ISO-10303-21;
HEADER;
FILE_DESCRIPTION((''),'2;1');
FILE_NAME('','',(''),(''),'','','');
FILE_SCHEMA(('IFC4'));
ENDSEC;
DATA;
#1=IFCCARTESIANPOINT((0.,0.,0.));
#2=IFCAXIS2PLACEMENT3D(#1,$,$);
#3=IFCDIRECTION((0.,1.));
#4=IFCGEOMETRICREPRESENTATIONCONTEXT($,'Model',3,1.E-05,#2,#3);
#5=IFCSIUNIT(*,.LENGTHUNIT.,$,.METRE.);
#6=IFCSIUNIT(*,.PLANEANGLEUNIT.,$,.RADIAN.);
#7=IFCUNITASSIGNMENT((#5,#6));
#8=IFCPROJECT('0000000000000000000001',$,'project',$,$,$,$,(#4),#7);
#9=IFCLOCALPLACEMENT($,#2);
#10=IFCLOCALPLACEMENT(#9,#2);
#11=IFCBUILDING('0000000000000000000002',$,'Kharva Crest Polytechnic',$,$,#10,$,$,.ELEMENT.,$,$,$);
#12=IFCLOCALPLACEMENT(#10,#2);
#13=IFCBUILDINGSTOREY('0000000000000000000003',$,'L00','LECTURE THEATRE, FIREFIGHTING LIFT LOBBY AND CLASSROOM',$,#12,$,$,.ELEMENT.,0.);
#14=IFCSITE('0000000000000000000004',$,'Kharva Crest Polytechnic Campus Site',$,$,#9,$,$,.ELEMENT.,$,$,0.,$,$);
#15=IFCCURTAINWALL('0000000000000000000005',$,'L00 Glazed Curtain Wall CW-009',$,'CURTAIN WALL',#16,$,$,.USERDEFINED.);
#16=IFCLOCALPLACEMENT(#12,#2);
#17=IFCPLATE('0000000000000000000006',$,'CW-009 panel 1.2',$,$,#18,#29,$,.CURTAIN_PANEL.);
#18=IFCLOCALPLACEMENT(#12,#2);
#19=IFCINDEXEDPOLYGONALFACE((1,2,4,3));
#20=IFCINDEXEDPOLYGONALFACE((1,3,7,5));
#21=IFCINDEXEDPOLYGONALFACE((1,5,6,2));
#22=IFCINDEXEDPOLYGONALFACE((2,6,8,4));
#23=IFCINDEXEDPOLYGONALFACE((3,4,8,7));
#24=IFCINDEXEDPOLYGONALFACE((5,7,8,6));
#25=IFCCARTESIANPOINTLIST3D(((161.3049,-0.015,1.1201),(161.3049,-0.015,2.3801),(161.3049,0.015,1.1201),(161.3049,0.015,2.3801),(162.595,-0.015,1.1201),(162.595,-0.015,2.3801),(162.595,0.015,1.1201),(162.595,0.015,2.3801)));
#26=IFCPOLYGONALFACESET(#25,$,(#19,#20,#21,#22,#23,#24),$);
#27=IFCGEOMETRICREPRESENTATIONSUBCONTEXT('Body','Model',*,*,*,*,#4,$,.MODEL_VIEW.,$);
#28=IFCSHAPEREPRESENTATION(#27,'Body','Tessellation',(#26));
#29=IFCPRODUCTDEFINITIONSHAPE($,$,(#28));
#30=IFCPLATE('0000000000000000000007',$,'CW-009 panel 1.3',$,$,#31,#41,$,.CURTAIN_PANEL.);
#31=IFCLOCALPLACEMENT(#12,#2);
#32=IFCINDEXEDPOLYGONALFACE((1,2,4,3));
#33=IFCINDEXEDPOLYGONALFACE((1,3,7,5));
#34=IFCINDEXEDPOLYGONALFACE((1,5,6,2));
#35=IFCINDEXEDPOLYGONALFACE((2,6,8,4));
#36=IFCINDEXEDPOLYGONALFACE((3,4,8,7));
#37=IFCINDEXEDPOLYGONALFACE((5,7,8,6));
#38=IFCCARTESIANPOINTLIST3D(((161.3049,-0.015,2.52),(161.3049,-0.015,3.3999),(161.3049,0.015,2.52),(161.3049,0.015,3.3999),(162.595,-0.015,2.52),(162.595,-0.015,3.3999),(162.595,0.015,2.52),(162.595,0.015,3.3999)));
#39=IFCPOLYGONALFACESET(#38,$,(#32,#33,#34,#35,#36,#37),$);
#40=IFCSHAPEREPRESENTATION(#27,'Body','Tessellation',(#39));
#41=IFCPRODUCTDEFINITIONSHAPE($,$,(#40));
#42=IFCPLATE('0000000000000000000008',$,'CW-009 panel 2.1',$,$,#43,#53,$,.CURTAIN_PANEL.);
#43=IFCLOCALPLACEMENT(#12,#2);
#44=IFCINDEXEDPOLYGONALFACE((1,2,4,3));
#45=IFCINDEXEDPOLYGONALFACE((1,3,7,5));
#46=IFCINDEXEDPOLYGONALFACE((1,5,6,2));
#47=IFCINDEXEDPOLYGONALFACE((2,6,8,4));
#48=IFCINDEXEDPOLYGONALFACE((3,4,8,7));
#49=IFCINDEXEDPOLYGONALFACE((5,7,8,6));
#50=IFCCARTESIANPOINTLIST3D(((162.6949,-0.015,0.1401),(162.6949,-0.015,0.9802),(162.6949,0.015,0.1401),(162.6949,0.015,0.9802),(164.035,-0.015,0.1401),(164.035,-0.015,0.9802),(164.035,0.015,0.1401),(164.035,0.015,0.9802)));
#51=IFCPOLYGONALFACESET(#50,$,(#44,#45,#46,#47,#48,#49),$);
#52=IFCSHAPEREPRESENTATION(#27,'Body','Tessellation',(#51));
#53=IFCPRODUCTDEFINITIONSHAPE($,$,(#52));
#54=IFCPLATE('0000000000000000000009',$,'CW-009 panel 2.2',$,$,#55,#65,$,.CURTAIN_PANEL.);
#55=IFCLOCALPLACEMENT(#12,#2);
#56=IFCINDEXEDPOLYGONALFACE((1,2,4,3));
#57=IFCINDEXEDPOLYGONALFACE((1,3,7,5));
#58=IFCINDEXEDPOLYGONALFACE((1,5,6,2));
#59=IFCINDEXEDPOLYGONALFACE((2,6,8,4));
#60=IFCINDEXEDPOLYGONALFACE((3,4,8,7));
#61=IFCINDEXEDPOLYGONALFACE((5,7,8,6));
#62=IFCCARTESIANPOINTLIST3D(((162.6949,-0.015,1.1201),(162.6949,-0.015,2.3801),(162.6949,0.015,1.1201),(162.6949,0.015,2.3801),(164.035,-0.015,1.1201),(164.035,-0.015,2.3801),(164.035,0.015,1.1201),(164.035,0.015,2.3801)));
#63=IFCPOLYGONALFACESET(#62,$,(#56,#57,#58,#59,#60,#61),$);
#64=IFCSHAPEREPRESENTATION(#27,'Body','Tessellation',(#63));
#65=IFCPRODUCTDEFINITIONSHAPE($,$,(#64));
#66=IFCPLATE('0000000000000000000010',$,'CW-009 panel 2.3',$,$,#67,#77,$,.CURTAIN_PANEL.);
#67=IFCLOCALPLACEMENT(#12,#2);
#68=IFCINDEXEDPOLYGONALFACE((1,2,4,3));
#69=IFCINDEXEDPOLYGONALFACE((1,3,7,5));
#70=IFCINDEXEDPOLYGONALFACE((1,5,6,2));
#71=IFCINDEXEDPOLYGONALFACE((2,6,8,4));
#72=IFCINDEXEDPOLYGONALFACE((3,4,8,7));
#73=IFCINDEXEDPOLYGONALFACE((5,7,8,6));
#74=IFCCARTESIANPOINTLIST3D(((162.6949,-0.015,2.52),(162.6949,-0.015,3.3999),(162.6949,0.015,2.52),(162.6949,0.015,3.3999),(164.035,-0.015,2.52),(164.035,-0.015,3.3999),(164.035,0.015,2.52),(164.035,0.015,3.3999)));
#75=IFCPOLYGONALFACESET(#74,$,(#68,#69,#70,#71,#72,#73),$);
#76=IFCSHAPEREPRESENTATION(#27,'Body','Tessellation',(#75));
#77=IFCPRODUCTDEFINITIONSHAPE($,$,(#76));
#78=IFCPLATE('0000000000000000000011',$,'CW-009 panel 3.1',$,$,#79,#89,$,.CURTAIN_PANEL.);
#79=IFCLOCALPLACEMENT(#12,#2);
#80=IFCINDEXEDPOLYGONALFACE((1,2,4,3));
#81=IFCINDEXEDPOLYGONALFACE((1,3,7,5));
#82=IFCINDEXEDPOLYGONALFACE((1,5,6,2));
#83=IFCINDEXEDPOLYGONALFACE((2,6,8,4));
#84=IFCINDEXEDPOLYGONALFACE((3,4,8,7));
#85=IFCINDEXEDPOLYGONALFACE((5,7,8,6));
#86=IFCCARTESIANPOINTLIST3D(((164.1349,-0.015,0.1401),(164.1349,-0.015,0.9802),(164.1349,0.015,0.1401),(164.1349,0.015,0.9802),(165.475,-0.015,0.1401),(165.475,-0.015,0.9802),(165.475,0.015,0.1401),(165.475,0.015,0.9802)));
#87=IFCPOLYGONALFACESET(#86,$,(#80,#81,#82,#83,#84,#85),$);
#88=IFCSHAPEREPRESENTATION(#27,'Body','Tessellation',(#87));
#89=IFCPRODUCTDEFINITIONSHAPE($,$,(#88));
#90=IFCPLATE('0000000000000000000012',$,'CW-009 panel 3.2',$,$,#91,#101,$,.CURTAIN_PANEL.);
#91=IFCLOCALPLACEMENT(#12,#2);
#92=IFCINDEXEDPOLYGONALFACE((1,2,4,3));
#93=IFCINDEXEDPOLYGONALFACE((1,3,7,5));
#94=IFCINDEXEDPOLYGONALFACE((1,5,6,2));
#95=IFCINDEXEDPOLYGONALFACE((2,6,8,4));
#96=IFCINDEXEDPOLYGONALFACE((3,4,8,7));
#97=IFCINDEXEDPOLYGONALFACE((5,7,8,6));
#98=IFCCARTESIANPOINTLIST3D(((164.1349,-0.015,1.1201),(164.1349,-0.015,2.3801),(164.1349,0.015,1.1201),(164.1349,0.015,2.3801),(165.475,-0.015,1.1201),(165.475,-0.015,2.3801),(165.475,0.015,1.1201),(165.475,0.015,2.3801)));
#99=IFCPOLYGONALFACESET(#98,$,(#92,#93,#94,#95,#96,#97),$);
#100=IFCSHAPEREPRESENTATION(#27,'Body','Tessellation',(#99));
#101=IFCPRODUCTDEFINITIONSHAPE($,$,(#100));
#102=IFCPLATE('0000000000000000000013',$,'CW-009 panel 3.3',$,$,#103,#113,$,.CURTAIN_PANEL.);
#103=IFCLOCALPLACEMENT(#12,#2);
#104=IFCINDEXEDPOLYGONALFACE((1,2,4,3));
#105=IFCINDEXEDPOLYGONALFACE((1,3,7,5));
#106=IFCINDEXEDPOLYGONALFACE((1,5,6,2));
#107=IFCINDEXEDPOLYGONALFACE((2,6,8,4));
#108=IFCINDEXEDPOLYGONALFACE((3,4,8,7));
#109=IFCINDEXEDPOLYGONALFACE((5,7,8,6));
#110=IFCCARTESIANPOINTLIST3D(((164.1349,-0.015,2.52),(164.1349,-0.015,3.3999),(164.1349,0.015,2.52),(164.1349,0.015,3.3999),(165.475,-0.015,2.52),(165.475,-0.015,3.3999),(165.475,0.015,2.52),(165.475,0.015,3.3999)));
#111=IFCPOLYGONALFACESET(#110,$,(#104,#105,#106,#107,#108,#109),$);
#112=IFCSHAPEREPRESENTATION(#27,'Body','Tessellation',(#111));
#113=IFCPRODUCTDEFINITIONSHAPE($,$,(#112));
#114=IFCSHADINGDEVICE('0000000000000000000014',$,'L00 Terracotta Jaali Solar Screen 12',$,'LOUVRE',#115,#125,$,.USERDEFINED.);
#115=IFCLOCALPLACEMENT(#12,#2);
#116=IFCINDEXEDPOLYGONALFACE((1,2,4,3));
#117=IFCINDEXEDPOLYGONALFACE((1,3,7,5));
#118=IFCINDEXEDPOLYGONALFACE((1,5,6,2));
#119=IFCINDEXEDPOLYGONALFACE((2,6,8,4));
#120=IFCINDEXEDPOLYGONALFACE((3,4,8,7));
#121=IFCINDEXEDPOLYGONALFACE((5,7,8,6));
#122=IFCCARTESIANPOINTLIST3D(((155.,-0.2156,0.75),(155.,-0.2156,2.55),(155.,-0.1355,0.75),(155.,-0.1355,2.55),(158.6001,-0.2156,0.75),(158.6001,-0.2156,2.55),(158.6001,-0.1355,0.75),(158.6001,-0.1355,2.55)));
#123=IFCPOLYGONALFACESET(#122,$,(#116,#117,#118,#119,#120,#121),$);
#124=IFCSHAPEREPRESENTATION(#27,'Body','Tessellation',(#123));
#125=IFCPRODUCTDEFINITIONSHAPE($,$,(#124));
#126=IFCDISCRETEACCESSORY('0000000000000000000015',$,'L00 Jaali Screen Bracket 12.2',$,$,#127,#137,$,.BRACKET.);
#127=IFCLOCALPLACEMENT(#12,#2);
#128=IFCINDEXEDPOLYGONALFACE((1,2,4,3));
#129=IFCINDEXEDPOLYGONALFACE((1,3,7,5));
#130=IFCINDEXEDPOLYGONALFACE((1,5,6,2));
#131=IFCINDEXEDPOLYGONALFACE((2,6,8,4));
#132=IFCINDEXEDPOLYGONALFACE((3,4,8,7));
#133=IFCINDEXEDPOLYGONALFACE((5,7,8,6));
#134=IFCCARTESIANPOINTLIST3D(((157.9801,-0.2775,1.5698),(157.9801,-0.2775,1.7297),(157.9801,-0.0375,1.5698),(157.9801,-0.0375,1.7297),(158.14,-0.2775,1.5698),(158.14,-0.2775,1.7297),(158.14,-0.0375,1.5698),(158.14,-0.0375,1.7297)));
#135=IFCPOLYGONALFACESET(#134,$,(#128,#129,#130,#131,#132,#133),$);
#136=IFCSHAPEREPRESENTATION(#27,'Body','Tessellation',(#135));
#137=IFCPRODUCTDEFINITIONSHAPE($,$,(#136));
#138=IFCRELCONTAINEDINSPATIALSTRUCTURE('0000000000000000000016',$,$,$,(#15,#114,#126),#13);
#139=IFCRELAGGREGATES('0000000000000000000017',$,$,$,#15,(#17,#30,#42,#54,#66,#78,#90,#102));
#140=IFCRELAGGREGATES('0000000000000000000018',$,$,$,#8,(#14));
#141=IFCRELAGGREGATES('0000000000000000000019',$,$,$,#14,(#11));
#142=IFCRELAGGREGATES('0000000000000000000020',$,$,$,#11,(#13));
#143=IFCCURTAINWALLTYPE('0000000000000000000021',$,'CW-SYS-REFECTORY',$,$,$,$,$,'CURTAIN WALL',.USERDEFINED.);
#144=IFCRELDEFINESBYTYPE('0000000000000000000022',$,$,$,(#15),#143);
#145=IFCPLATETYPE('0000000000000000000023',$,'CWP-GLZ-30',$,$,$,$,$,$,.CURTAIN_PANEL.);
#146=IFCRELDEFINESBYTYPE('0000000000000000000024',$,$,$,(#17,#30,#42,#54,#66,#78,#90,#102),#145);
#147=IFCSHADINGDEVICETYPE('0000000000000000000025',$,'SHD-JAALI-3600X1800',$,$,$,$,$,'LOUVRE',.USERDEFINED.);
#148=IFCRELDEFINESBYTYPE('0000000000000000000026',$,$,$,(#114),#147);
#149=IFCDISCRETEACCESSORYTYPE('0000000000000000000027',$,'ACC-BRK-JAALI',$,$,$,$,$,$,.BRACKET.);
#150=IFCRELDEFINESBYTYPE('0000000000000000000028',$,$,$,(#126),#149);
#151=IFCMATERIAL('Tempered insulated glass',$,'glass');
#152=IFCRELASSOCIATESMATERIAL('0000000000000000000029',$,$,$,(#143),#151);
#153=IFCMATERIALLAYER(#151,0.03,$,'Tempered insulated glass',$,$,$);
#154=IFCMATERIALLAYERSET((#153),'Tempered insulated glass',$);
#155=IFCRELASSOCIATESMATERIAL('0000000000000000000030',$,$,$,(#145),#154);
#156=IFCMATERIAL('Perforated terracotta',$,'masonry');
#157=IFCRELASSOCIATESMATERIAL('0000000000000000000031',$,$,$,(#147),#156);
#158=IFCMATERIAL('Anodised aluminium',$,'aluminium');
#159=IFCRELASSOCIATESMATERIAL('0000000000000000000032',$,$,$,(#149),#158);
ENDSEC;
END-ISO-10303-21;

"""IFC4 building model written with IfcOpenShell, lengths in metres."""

from ifc_helpers import new_model, si_unit, direction, frame, origin, origin_2d, place, context, subcontext, project, spatial, rectangle, extrude, material, layer, layer_set, type_object, element, aggregate, save


model = new_model("IFC4")

# Units and contexts
model_context = context("Model", 3, precision=1e-05, world=origin(), true_north=direction((0.0, 1.0)))
body_context = subcontext(model_context, "Body", "Model", "MODEL_VIEW")
ifc_project = project(units=[si_unit("LENGTHUNIT", "METRE"), si_unit("PLANEANGLEUNIT", "RADIAN")], contexts=[model_context])

# Site, building, storey
site_placement = place(None, origin())
site = spatial("IfcSite", under=ifc_project, at=site_placement, Name="Kharva Crest Polytechnic Campus Site", CompositionType="ELEMENT", RefElevation=0.0)
building_placement = place(site_placement, origin())
building = spatial("IfcBuilding", under=site, at=building_placement, Name="Kharva Crest Polytechnic", CompositionType="ELEMENT")
storey_placement = place(building_placement, origin())
storey = spatial("IfcBuildingStorey", under=building, at=storey_placement, Name="L00", Description="LECTURE THEATRE, FIREFIGHTING LIFT LOBBY AND CLASSROOM", CompositionType="ELEMENT", Elevation=0.0)

# Curtain wall
ifc_material_1 = material(Name="Tempered insulated glass", Category="glass")
curtain_wall_type = type_object("IfcCurtainWallType", Name="CW-SYS-REFECTORY", ElementType="CURTAIN WALL", PredefinedType="USERDEFINED", material=ifc_material_1)
curtain_wall_placement = place(storey_placement, origin())
curtain_wall = element("IfcCurtainWall", 1, at=curtain_wall_placement, inside=storey, type_object=curtain_wall_type, Name="L00 Glazed Curtain Wall CW-009", ObjectType="CURTAIN WALL", PredefinedType="USERDEFINED")

# Plates
ifc_layer = layer(ifc_material_1, 0.03, Name="Tempered insulated glass")
ifc_layer_set = layer_set([ifc_layer], Name="Tempered insulated glass")
plate_type = type_object("IfcPlateType", Name="CWP-GLZ-30", PredefinedType="CURTAIN_PANEL", material=ifc_layer_set)
plate_1_placement = place(storey_placement, frame((161.95, 0.0, 1.1201), z_axis=(0.0, 0.0, 1.0), x_axis=(1.0, 0.0, 0.0)))
plate_1 = element("IfcPlate", 2, at=plate_1_placement, type_object=plate_type, Name="CW-009 panel 1.2", PredefinedType="CURTAIN_PANEL", context=body_context, shape_type="SweptSolid", body=[
    extrude(rectangle(XDim=1.29, YDim=0.03, at=origin_2d()), origin(), (0.0, 0.0, 1.0), 1.26),
])
plate_2_placement = place(storey_placement, frame((161.95, 0.0, 2.52), z_axis=(0.0, 0.0, 1.0), x_axis=(1.0, 0.0, 0.0)))
plate_2 = element("IfcPlate", 3, at=plate_2_placement, type_object=plate_type, Name="CW-009 panel 1.3", PredefinedType="CURTAIN_PANEL", context=body_context, shape_type="SweptSolid", body=[
    extrude(rectangle(XDim=1.29, YDim=0.03, at=origin_2d()), origin(), (0.0, 0.0, 1.0), 0.8799),
])
plate_3_placement = place(storey_placement, frame((163.365, 0.0, 0.1401), z_axis=(0.0, 0.0, 1.0), x_axis=(1.0, 0.0, 0.0)))
plate_3 = element("IfcPlate", 4, at=plate_3_placement, type_object=plate_type, Name="CW-009 panel 2.1", PredefinedType="CURTAIN_PANEL", context=body_context, shape_type="SweptSolid", body=[
    extrude(rectangle(XDim=1.3401, YDim=0.03, at=origin_2d()), origin(), (0.0, 0.0, 1.0), 0.8401),
])
plate_4_placement = place(storey_placement, frame((163.365, 0.0, 1.1201), z_axis=(0.0, 0.0, 1.0), x_axis=(1.0, 0.0, 0.0)))
plate_4 = element("IfcPlate", 5, at=plate_4_placement, type_object=plate_type, Name="CW-009 panel 2.2", PredefinedType="CURTAIN_PANEL", context=body_context, shape_type="SweptSolid", body=[
    extrude(rectangle(XDim=1.3401, YDim=0.03, at=origin_2d()), origin(), (0.0, 0.0, 1.0), 1.26),
])
plate_5_placement = place(storey_placement, frame((163.365, 0.0, 2.52), z_axis=(0.0, 0.0, 1.0), x_axis=(1.0, 0.0, 0.0)))
plate_5 = element("IfcPlate", 6, at=plate_5_placement, type_object=plate_type, Name="CW-009 panel 2.3", PredefinedType="CURTAIN_PANEL", context=body_context, shape_type="SweptSolid", body=[
    extrude(rectangle(XDim=1.3401, YDim=0.03, at=origin_2d()), origin(), (0.0, 0.0, 1.0), 0.8799),
])
plate_6_placement = place(storey_placement, frame((164.8049, 0.0, 0.1401), z_axis=(0.0, 0.0, 1.0), x_axis=(1.0, 0.0, 0.0)))
plate_6 = element("IfcPlate", 7, at=plate_6_placement, type_object=plate_type, Name="CW-009 panel 3.1", PredefinedType="CURTAIN_PANEL", context=body_context, shape_type="SweptSolid", body=[
    extrude(rectangle(XDim=1.3401, YDim=0.03, at=origin_2d()), origin(), (0.0, 0.0, 1.0), 0.8401),
])
plate_7_placement = place(storey_placement, frame((164.8049, 0.0, 1.1201), z_axis=(0.0, 0.0, 1.0), x_axis=(1.0, 0.0, 0.0)))
plate_7 = element("IfcPlate", 8, at=plate_7_placement, type_object=plate_type, Name="CW-009 panel 3.2", PredefinedType="CURTAIN_PANEL", context=body_context, shape_type="SweptSolid", body=[
    extrude(rectangle(XDim=1.3401, YDim=0.03, at=origin_2d()), origin(), (0.0, 0.0, 1.0), 1.26),
])
plate_8_placement = place(storey_placement, frame((164.8049, 0.0, 2.52), z_axis=(0.0, 0.0, 1.0), x_axis=(1.0, 0.0, 0.0)))
plate_8 = element("IfcPlate", 9, at=plate_8_placement, type_object=plate_type, Name="CW-009 panel 3.3", PredefinedType="CURTAIN_PANEL", context=body_context, shape_type="SweptSolid", body=[
    extrude(rectangle(XDim=1.3401, YDim=0.03, at=origin_2d()), origin(), (0.0, 0.0, 1.0), 0.8799),
])
aggregate(curtain_wall, [plate_1, plate_2, plate_3, plate_4, plate_5, plate_6, plate_7, plate_8])

# Shading device
ifc_material_2 = material(Name="Perforated terracotta", Category="masonry")
shading_device_type = type_object("IfcShadingDeviceType", Name="SHD-JAALI-3600X1800", ElementType="LOUVRE", PredefinedType="USERDEFINED", material=ifc_material_2)
shading_device_placement = place(storey_placement, frame((156.8, -0.1755, 0.75), z_axis=(0.0, 0.0, 1.0), x_axis=(1.0, 0.0, 0.0)))
element("IfcShadingDevice", 10, at=shading_device_placement, inside=storey, type_object=shading_device_type, Name="L00 Terracotta Jaali Solar Screen 12", ObjectType="LOUVRE", PredefinedType="USERDEFINED", context=body_context, shape_type="SweptSolid", body=[
    extrude(rectangle(XDim=3.6001, YDim=0.0801, at=origin_2d()), origin(), (0.0, 0.0, 1.0), 1.8),
])

# Discrete accessory
ifc_material_3 = material(Name="Anodised aluminium", Category="aluminium")
discrete_accessory_type = type_object("IfcDiscreteAccessoryType", Name="ACC-BRK-JAALI", PredefinedType="BRACKET", material=ifc_material_3)
discrete_accessory_placement = place(storey_placement, frame((158.0601, -0.1575, 1.5698), z_axis=(0.0, 0.0, 1.0), x_axis=(1.0, 0.0, 0.0)))
element("IfcDiscreteAccessory", 11, at=discrete_accessory_placement, inside=storey, type_object=discrete_accessory_type, Name="L00 Jaali Screen Bracket 12.2", PredefinedType="BRACKET", context=body_context, shape_type="SweptSolid", body=[
    extrude(rectangle(XDim=0.1599, YDim=0.24, at=origin_2d()), origin(), (0.0, 0.0, 1.0), 0.1599),
])

save(model, "model.ifc")
